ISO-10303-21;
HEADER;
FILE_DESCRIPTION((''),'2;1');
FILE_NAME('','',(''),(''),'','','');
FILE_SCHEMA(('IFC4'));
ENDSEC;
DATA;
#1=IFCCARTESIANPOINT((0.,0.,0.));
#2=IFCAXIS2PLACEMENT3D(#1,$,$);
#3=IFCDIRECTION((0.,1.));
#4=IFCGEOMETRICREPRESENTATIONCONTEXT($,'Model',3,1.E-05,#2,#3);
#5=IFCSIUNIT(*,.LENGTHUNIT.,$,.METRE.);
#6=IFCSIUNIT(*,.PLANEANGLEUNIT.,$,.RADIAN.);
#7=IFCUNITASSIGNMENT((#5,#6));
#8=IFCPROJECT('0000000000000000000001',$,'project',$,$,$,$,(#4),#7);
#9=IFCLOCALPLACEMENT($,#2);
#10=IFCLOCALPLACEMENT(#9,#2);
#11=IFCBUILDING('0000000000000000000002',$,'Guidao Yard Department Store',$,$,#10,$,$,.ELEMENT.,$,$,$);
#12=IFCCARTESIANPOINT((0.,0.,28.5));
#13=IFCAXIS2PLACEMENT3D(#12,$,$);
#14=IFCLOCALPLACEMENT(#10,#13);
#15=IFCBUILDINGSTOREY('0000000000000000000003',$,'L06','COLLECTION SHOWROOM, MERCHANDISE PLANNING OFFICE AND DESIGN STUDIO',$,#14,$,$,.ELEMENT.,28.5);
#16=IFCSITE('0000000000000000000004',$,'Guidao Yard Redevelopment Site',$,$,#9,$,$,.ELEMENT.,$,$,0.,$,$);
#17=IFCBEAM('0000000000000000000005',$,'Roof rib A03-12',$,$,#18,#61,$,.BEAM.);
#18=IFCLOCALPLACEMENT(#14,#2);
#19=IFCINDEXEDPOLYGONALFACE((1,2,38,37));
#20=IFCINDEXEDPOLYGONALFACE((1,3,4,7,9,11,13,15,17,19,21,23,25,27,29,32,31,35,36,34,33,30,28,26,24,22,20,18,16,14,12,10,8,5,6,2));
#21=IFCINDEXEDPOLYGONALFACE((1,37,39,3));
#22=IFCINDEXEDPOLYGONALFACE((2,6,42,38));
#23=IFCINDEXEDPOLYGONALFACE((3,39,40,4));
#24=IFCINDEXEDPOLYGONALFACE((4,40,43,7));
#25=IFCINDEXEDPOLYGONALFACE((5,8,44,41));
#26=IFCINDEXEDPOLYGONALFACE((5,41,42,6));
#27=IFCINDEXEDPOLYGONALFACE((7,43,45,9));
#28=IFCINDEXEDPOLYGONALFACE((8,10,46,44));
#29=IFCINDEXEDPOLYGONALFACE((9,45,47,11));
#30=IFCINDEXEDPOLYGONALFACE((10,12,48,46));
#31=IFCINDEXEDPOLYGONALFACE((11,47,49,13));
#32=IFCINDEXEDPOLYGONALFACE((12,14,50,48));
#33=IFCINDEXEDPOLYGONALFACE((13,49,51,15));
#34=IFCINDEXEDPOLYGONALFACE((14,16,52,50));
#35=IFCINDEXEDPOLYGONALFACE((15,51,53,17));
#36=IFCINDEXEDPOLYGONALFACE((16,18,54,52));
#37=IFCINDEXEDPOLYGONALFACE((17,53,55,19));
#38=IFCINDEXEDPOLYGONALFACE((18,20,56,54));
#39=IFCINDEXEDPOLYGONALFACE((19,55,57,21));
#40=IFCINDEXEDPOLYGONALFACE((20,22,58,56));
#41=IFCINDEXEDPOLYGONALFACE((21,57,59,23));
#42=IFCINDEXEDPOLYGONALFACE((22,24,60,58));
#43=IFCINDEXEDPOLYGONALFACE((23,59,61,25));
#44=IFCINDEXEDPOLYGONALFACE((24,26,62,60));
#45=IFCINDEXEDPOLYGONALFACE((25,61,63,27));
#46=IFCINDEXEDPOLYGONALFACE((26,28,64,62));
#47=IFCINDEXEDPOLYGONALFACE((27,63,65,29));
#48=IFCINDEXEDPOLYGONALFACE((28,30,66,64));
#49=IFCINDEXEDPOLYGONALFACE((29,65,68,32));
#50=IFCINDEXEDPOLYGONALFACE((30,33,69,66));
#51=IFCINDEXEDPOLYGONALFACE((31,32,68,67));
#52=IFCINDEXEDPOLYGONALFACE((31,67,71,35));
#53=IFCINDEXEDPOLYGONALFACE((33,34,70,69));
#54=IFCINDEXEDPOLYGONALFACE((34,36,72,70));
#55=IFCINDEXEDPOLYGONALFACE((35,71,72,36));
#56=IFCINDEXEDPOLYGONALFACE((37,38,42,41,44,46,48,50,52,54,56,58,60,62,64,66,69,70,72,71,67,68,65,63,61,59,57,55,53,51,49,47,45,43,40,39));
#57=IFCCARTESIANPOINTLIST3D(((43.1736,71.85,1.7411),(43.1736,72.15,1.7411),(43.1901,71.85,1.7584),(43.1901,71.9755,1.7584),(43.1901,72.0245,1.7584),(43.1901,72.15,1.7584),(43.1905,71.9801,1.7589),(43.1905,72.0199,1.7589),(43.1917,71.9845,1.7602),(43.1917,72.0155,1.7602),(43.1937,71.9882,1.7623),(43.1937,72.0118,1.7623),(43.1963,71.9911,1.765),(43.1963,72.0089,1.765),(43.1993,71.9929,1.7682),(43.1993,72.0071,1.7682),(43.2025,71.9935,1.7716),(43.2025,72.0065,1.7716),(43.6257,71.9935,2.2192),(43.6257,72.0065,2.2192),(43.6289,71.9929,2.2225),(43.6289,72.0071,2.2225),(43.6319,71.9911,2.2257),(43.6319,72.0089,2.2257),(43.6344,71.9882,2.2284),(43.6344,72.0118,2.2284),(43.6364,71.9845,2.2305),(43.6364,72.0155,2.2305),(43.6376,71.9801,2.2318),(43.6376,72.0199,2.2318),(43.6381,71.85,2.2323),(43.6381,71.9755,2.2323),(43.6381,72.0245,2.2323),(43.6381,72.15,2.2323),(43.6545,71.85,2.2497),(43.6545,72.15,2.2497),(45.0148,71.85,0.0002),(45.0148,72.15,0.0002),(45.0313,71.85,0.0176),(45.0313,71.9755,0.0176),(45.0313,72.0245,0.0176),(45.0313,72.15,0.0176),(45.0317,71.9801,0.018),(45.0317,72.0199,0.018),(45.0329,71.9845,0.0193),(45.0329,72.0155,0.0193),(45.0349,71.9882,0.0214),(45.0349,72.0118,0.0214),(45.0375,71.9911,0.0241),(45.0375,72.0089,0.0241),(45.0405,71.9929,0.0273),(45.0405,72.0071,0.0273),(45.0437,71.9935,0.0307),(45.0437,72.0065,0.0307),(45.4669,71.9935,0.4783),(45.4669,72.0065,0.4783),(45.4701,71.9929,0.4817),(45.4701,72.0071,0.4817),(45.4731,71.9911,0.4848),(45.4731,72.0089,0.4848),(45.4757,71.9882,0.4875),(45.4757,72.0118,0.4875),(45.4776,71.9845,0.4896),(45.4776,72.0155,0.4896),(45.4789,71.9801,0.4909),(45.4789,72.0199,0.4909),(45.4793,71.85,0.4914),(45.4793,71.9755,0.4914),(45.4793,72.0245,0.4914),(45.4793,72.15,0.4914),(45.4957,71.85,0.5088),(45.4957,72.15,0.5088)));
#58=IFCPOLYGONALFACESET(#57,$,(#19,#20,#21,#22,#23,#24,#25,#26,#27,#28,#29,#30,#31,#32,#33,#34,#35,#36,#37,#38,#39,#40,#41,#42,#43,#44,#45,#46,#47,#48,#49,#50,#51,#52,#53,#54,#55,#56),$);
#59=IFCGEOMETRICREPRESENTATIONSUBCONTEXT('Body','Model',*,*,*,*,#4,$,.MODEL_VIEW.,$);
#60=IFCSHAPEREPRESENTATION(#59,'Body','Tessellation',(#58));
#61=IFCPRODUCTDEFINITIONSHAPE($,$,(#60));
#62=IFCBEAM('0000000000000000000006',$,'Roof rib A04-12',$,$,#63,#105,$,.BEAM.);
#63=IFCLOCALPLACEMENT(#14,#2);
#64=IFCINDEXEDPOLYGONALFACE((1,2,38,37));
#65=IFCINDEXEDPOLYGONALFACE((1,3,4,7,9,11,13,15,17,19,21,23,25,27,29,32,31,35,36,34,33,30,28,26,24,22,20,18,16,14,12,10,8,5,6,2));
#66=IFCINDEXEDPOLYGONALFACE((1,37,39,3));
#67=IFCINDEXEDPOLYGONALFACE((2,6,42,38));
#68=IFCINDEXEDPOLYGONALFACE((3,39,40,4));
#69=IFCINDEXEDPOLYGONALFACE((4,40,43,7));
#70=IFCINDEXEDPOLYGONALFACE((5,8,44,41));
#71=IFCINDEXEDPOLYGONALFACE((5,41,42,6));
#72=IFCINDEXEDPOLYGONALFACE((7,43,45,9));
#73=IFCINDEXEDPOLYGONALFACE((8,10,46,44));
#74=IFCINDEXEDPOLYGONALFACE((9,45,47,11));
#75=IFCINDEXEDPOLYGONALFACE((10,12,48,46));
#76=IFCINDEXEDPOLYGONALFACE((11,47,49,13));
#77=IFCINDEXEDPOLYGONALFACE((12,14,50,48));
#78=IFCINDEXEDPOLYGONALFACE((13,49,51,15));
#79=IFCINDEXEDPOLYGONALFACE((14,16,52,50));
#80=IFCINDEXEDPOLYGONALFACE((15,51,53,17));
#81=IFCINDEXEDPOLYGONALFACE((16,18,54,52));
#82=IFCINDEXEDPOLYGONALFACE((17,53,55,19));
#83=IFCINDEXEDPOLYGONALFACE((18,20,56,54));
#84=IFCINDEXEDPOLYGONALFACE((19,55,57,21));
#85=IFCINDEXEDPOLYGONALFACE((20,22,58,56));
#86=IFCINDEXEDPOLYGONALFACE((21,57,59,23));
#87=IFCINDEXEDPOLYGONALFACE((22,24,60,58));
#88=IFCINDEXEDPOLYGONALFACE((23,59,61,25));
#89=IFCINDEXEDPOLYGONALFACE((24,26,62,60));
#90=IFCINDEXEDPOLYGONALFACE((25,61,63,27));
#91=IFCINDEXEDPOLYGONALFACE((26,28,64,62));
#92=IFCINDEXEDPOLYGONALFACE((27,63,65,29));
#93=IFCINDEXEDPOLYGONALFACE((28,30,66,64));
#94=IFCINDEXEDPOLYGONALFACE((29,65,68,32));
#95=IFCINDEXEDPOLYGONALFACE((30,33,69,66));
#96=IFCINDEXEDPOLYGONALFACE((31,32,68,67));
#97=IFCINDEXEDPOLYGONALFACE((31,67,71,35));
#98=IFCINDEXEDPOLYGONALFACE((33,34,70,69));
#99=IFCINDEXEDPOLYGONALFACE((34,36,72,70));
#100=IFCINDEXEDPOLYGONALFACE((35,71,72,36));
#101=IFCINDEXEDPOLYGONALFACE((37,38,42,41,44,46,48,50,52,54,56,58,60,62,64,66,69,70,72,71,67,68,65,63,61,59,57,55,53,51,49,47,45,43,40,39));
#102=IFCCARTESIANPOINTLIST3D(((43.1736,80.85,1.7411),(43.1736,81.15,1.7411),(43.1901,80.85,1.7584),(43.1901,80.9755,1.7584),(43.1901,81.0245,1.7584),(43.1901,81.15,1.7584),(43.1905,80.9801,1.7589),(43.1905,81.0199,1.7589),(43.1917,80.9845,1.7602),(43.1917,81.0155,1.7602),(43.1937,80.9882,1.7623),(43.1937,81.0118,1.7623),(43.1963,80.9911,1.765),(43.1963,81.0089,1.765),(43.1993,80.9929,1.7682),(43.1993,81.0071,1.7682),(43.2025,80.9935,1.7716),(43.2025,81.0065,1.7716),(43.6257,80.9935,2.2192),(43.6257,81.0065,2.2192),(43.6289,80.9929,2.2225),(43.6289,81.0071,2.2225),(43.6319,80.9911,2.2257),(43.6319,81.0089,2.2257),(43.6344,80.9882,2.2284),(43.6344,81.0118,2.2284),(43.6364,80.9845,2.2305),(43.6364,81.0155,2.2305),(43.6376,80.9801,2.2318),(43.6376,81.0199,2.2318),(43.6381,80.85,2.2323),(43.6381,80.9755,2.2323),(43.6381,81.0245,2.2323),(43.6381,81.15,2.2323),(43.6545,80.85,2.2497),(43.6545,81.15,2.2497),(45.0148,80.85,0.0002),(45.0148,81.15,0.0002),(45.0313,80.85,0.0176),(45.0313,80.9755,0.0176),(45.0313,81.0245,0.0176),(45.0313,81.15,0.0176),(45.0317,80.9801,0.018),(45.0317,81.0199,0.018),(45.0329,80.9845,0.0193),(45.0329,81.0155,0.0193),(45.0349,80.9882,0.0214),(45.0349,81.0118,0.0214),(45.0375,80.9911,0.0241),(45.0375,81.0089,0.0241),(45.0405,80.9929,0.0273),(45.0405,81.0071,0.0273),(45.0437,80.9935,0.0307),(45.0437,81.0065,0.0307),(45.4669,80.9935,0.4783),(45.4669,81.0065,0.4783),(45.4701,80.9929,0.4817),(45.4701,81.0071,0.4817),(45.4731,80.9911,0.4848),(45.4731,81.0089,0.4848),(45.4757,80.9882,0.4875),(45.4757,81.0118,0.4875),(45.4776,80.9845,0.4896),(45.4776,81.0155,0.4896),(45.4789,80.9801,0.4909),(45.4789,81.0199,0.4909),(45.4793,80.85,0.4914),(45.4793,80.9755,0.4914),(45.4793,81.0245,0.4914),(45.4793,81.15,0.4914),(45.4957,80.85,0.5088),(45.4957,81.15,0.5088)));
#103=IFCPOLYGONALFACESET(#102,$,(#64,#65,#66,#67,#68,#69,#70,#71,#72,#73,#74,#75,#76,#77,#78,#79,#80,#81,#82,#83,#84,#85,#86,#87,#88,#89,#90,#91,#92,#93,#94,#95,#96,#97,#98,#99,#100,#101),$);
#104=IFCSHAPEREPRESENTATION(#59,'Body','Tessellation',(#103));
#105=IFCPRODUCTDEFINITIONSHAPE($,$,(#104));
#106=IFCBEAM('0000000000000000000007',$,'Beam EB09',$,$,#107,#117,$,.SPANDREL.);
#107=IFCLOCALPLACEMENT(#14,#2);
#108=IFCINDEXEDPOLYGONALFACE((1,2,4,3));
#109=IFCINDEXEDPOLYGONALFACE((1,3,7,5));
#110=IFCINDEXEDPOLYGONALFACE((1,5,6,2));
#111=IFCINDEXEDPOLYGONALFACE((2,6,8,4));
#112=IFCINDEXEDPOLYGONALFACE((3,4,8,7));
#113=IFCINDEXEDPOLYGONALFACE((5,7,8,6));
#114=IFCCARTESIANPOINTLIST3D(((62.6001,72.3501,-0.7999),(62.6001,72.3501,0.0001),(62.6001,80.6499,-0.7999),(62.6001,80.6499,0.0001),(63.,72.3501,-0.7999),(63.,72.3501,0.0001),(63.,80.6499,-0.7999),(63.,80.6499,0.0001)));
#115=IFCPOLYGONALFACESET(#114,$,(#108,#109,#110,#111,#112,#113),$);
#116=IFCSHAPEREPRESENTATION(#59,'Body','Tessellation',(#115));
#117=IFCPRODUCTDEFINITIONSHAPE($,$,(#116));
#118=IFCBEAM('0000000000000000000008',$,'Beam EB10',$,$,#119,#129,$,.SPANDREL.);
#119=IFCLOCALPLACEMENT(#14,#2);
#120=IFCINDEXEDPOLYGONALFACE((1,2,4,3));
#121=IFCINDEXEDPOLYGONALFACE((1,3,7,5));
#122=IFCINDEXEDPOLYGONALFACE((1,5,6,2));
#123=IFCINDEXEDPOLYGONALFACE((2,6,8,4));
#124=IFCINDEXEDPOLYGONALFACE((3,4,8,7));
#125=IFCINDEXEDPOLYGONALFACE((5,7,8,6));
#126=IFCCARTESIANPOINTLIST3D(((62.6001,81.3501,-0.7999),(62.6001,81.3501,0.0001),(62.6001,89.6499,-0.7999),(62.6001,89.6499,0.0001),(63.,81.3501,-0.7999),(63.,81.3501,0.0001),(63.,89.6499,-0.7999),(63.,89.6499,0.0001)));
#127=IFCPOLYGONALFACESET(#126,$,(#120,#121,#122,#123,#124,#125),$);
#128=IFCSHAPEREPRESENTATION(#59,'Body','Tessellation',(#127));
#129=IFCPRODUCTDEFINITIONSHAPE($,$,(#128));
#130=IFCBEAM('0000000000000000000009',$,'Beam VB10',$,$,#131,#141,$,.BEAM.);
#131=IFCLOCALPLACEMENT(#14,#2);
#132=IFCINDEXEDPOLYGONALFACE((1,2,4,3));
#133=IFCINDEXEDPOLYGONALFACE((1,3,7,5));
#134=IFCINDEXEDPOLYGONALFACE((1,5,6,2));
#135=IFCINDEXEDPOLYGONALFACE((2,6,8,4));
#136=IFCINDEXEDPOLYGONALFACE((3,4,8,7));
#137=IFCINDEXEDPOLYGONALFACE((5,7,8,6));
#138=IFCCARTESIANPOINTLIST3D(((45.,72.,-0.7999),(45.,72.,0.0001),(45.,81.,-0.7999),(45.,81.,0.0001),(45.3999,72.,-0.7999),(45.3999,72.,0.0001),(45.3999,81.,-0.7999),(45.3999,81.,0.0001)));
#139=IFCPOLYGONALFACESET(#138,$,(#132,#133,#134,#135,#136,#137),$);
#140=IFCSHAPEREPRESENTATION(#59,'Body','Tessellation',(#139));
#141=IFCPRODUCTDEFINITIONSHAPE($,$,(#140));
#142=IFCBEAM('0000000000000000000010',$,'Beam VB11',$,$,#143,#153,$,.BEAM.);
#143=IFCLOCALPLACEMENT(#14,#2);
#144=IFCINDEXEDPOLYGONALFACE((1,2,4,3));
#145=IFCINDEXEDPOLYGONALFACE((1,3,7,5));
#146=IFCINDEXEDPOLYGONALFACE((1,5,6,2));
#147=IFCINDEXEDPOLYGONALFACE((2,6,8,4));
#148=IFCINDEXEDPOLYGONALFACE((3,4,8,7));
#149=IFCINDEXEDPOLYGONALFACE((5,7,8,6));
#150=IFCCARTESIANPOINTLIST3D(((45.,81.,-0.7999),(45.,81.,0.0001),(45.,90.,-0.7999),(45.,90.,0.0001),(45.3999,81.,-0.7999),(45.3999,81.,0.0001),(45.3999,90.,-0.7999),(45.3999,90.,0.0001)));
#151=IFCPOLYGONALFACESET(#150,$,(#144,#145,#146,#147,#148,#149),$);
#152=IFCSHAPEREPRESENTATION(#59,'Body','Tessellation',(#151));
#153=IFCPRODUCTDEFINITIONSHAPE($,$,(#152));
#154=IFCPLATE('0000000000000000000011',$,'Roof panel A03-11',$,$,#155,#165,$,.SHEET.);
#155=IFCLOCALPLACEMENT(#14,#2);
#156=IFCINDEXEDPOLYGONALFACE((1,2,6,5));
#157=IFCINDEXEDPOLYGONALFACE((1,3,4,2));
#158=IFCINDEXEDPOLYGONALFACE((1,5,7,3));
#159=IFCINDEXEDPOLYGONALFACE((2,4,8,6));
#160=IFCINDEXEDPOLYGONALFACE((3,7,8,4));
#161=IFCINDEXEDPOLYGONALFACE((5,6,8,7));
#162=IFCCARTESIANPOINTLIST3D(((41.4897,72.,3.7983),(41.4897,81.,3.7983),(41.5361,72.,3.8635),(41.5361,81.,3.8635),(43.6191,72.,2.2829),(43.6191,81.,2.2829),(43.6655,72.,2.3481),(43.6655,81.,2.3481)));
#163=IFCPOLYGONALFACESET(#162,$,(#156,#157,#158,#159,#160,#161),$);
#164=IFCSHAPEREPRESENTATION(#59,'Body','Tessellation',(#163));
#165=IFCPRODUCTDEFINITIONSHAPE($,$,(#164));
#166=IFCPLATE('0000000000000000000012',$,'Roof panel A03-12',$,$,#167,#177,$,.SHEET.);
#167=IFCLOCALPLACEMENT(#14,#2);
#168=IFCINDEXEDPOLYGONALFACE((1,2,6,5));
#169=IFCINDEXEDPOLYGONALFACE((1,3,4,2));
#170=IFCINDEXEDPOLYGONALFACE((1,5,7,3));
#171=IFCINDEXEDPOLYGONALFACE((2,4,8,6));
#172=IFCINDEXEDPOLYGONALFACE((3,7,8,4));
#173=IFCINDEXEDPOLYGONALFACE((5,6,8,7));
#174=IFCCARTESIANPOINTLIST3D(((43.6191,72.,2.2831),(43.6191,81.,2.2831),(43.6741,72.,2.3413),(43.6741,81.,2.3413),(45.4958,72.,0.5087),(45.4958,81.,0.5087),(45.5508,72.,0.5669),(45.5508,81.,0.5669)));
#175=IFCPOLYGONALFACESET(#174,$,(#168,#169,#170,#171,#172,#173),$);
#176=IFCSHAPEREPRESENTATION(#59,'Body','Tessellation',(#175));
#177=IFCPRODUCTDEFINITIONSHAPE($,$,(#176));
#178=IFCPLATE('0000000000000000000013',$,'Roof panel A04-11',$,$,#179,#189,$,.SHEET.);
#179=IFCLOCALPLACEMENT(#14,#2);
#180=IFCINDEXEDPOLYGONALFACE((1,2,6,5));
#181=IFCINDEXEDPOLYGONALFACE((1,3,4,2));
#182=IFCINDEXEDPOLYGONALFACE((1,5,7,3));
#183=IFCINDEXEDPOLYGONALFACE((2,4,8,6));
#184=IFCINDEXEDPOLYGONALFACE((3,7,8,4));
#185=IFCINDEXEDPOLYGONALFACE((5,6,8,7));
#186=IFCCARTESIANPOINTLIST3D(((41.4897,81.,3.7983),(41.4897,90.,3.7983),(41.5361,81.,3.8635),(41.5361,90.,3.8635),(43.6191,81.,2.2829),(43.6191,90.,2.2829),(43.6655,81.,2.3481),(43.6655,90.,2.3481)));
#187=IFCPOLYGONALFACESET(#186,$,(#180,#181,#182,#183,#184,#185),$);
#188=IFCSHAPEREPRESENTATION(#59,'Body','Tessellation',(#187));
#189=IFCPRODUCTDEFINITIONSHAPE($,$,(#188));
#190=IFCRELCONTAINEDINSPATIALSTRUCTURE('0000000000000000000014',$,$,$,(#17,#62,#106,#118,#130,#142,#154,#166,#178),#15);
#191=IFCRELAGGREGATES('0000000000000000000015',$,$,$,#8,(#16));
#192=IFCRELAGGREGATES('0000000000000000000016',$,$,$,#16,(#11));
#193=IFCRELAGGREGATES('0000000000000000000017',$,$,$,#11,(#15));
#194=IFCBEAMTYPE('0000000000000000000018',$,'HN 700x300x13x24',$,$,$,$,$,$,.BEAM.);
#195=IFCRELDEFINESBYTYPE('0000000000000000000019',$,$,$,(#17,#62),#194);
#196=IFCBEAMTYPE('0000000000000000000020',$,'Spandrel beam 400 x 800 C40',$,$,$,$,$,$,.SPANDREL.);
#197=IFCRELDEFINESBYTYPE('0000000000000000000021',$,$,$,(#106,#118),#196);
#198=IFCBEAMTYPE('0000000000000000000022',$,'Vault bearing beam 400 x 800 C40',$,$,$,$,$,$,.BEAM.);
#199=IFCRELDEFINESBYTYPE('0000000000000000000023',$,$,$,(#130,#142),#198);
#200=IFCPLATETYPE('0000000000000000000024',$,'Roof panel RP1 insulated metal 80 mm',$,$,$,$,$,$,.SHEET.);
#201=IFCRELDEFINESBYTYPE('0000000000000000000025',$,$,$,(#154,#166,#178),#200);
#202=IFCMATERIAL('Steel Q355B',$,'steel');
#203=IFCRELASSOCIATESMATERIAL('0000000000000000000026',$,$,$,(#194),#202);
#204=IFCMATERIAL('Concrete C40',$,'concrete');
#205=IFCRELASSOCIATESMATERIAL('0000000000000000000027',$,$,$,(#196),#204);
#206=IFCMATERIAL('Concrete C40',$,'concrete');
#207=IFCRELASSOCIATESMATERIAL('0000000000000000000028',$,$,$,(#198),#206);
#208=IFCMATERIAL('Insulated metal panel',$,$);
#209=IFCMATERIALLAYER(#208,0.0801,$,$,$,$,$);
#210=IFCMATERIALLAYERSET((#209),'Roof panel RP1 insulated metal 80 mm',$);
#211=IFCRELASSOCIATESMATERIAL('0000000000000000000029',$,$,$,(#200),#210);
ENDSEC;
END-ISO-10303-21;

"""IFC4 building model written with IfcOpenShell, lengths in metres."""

from ifc_helpers import new_model, si_unit, direction, frame, origin, origin_2d, place, context, subcontext, project, spatial, polyline, rectangle, i_section, outline, extrude, material, layer, layer_set, material_profile, profile_set, type_object, element, save


model = new_model("IFC4")

# Units and contexts
model_context = context("Model", 3, precision=1e-05, world=origin(), true_north=direction((0.0, 1.0)))
body_context = subcontext(model_context, "Body", "Model", "MODEL_VIEW")
ifc_project = project(units=[si_unit("LENGTHUNIT", "METRE"), si_unit("PLANEANGLEUNIT", "RADIAN")], contexts=[model_context])

# Site, building, storey
site_placement = place(None, origin())
site = spatial("IfcSite", under=ifc_project, at=site_placement, Name="Guidao Yard Redevelopment Site", CompositionType="ELEMENT", RefElevation=0.0)
building_placement = place(site_placement, origin())
building = spatial("IfcBuilding", under=site, at=building_placement, Name="Guidao Yard Department Store", CompositionType="ELEMENT")
storey_placement = place(building_placement, frame((0.0, 0.0, 28.5)))
storey = spatial("IfcBuildingStorey", under=building, at=storey_placement, Name="L06", Description="COLLECTION SHOWROOM, MERCHANDISE PLANNING OFFICE AND DESIGN STUDIO", CompositionType="ELEMENT", Elevation=28.5)

# Beams
ifc_material_1 = material(Name="Steel Q355B", Category="steel")
ifc_material_profile_1 = material_profile(ifc_material_1, i_section(OverallWidth=0.3, OverallDepth=0.7, WebThickness=0.0129, FlangeThickness=0.0239, FilletRadius=0.0181, at=origin_2d()), Name="HN 700x300x13x24")
ifc_profile_set_1 = profile_set([ifc_material_profile_1], Name="Steel Q355B")
beam_type_1 = type_object("IfcBeamType", Name="HN 700x300x13x24", PredefinedType="BEAM", material=ifc_profile_set_1)
for number, where, z_axis, x_axis, name in (
    (1, (43.4141, 72.0, 1.9954), (0.726628, 0.0, -0.687031), (0.0, 1.0, 0.0), "Roof rib A03-12"),
    (2, (43.4141, 81.0, 1.9954), (0.726628, 0.0, -0.687031), (0.0, 1.0, 0.0), "Roof rib A04-12"),
):
    element("IfcBeam", number, at=place(storey_placement, frame(where, z_axis=z_axis, x_axis=x_axis)), inside=storey, type_object=beam_type_1, Name=name, PredefinedType="BEAM", context=body_context, shape_type="SweptSolid", body=[
        extrude(i_section(OverallWidth=0.3, OverallDepth=0.7, WebThickness=0.0129, FlangeThickness=0.0239, FilletRadius=0.0181, at=origin_2d()), origin(), (0.0, 0.0, 1.0), 2.5339),
    ])
ifc_material_2 = material(Name="Concrete C40", Category="concrete")
ifc_material_profile_2 = material_profile(ifc_material_2, rectangle(XDim=0.3999, YDim=0.8, at=origin_2d()), Name="Spandrel beam 400 x 800 C40")
ifc_profile_set_2 = profile_set([ifc_material_profile_2], Name="Concrete C40")
beam_type_2 = type_object("IfcBeamType", Name="Spandrel beam 400 x 800 C40", PredefinedType="SPANDREL", material=ifc_profile_set_2)
for number, where, z_axis, x_axis, name in (
    (3, (62.8, 72.3501, -0.3999), (0.0, 1.0, 0.0), (-1.0, 0.0, 0.0), "Beam EB09"),
    (4, (62.8, 81.3501, -0.3999), (0.0, 1.0, 0.0), (-1.0, 0.0, 0.0), "Beam EB10"),
):
    element("IfcBeam", number, at=place(storey_placement, frame(where, z_axis=z_axis, x_axis=x_axis)), inside=storey, type_object=beam_type_2, Name=name, PredefinedType="SPANDREL", context=body_context, shape_type="SweptSolid", body=[
        extrude(rectangle(XDim=0.3999, YDim=0.8, at=origin_2d()), origin(), (0.0, 0.0, 1.0), 8.2998),
    ])
ifc_material_3 = material(Name="Concrete C40", Category="concrete")
ifc_material_profile_3 = material_profile(ifc_material_3, rectangle(XDim=0.3999, YDim=0.8, at=origin_2d()), Name="Vault bearing beam 400 x 800 C40")
ifc_profile_set_3 = profile_set([ifc_material_profile_3], Name="Concrete C40")
beam_type_3 = type_object("IfcBeamType", Name="Vault bearing beam 400 x 800 C40", PredefinedType="BEAM", material=ifc_profile_set_3)
for number, where, z_axis, x_axis, name in (
    (5, (45.2, 72.0, -0.3999), (0.0, 1.0, 0.0), (-1.0, 0.0, 0.0), "Beam VB10"),
    (6, (45.2, 81.0, -0.3999), (0.0, 1.0, 0.0), (-1.0, 0.0, 0.0), "Beam VB11"),
):
    element("IfcBeam", number, at=place(storey_placement, frame(where, z_axis=z_axis, x_axis=x_axis)), inside=storey, type_object=beam_type_3, Name=name, PredefinedType="BEAM", context=body_context, shape_type="SweptSolid", body=[
        extrude(rectangle(XDim=0.3999, YDim=0.8, at=origin_2d()), origin(), (0.0, 0.0, 1.0), 9.0),
    ])

# Plates
ifc_material_4 = material(Name="Insulated metal panel")
ifc_layer = layer(ifc_material_4, 0.0801)
ifc_layer_set = layer_set([ifc_layer], Name="Roof panel RP1 insulated metal 80 mm")
plate_type = type_object("IfcPlateType", Name="Roof panel RP1 insulated metal 80 mm", PredefinedType="SHEET", material=ifc_layer_set)
plate_1_placement = place(storey_placement, frame((41.5361, 72.0, 3.8635), z_axis=(0.579815, 0.0, 0.814748), x_axis=(0.814748, 0.0, -0.579815)))
element("IfcPlate", 7, at=plate_1_placement, inside=storey, type_object=plate_type, Name="Roof panel A03-11", PredefinedType="SHEET", context=body_context, shape_type="SweptSolid", body=[
    extrude(outline(polyline([(0.0, 0.0), (2.6136, 0.0), (2.6136, 9.0), (0.0, 9.0), (0.0, 0.0)])), origin(), (0.0, 0.0, -1.0), 0.0801),
])
plate_2_placement = place(storey_placement, frame((43.6741, 72.0, 2.3413), z_axis=(0.687026, 0.0, 0.726633), x_axis=(0.726633, 0.0, -0.687026)))
element("IfcPlate", 8, at=plate_2_placement, inside=storey, type_object=plate_type, Name="Roof panel A03-12", PredefinedType="SHEET", context=body_context, shape_type="SweptSolid", body=[
    extrude(outline(polyline([(0.0, 0.0), (2.5827, 0.0), (2.5827, 9.0), (0.0, 9.0), (0.0, 0.0)])), origin(), (0.0, 0.0, -1.0), 0.0801),
])
plate_3_placement = place(storey_placement, frame((41.5361, 81.0, 3.8635), z_axis=(0.579815, 0.0, 0.814748), x_axis=(0.814748, 0.0, -0.579815)))
element("IfcPlate", 9, at=plate_3_placement, inside=storey, type_object=plate_type, Name="Roof panel A04-11", PredefinedType="SHEET", context=body_context, shape_type="SweptSolid", body=[
    extrude(outline(polyline([(0.0, 0.0), (2.6136, 0.0), (2.6136, 9.0), (0.0, 9.0), (0.0, 0.0)])), origin(), (0.0, 0.0, -1.0), 0.0801),
])

save(model, "model.ifc")
